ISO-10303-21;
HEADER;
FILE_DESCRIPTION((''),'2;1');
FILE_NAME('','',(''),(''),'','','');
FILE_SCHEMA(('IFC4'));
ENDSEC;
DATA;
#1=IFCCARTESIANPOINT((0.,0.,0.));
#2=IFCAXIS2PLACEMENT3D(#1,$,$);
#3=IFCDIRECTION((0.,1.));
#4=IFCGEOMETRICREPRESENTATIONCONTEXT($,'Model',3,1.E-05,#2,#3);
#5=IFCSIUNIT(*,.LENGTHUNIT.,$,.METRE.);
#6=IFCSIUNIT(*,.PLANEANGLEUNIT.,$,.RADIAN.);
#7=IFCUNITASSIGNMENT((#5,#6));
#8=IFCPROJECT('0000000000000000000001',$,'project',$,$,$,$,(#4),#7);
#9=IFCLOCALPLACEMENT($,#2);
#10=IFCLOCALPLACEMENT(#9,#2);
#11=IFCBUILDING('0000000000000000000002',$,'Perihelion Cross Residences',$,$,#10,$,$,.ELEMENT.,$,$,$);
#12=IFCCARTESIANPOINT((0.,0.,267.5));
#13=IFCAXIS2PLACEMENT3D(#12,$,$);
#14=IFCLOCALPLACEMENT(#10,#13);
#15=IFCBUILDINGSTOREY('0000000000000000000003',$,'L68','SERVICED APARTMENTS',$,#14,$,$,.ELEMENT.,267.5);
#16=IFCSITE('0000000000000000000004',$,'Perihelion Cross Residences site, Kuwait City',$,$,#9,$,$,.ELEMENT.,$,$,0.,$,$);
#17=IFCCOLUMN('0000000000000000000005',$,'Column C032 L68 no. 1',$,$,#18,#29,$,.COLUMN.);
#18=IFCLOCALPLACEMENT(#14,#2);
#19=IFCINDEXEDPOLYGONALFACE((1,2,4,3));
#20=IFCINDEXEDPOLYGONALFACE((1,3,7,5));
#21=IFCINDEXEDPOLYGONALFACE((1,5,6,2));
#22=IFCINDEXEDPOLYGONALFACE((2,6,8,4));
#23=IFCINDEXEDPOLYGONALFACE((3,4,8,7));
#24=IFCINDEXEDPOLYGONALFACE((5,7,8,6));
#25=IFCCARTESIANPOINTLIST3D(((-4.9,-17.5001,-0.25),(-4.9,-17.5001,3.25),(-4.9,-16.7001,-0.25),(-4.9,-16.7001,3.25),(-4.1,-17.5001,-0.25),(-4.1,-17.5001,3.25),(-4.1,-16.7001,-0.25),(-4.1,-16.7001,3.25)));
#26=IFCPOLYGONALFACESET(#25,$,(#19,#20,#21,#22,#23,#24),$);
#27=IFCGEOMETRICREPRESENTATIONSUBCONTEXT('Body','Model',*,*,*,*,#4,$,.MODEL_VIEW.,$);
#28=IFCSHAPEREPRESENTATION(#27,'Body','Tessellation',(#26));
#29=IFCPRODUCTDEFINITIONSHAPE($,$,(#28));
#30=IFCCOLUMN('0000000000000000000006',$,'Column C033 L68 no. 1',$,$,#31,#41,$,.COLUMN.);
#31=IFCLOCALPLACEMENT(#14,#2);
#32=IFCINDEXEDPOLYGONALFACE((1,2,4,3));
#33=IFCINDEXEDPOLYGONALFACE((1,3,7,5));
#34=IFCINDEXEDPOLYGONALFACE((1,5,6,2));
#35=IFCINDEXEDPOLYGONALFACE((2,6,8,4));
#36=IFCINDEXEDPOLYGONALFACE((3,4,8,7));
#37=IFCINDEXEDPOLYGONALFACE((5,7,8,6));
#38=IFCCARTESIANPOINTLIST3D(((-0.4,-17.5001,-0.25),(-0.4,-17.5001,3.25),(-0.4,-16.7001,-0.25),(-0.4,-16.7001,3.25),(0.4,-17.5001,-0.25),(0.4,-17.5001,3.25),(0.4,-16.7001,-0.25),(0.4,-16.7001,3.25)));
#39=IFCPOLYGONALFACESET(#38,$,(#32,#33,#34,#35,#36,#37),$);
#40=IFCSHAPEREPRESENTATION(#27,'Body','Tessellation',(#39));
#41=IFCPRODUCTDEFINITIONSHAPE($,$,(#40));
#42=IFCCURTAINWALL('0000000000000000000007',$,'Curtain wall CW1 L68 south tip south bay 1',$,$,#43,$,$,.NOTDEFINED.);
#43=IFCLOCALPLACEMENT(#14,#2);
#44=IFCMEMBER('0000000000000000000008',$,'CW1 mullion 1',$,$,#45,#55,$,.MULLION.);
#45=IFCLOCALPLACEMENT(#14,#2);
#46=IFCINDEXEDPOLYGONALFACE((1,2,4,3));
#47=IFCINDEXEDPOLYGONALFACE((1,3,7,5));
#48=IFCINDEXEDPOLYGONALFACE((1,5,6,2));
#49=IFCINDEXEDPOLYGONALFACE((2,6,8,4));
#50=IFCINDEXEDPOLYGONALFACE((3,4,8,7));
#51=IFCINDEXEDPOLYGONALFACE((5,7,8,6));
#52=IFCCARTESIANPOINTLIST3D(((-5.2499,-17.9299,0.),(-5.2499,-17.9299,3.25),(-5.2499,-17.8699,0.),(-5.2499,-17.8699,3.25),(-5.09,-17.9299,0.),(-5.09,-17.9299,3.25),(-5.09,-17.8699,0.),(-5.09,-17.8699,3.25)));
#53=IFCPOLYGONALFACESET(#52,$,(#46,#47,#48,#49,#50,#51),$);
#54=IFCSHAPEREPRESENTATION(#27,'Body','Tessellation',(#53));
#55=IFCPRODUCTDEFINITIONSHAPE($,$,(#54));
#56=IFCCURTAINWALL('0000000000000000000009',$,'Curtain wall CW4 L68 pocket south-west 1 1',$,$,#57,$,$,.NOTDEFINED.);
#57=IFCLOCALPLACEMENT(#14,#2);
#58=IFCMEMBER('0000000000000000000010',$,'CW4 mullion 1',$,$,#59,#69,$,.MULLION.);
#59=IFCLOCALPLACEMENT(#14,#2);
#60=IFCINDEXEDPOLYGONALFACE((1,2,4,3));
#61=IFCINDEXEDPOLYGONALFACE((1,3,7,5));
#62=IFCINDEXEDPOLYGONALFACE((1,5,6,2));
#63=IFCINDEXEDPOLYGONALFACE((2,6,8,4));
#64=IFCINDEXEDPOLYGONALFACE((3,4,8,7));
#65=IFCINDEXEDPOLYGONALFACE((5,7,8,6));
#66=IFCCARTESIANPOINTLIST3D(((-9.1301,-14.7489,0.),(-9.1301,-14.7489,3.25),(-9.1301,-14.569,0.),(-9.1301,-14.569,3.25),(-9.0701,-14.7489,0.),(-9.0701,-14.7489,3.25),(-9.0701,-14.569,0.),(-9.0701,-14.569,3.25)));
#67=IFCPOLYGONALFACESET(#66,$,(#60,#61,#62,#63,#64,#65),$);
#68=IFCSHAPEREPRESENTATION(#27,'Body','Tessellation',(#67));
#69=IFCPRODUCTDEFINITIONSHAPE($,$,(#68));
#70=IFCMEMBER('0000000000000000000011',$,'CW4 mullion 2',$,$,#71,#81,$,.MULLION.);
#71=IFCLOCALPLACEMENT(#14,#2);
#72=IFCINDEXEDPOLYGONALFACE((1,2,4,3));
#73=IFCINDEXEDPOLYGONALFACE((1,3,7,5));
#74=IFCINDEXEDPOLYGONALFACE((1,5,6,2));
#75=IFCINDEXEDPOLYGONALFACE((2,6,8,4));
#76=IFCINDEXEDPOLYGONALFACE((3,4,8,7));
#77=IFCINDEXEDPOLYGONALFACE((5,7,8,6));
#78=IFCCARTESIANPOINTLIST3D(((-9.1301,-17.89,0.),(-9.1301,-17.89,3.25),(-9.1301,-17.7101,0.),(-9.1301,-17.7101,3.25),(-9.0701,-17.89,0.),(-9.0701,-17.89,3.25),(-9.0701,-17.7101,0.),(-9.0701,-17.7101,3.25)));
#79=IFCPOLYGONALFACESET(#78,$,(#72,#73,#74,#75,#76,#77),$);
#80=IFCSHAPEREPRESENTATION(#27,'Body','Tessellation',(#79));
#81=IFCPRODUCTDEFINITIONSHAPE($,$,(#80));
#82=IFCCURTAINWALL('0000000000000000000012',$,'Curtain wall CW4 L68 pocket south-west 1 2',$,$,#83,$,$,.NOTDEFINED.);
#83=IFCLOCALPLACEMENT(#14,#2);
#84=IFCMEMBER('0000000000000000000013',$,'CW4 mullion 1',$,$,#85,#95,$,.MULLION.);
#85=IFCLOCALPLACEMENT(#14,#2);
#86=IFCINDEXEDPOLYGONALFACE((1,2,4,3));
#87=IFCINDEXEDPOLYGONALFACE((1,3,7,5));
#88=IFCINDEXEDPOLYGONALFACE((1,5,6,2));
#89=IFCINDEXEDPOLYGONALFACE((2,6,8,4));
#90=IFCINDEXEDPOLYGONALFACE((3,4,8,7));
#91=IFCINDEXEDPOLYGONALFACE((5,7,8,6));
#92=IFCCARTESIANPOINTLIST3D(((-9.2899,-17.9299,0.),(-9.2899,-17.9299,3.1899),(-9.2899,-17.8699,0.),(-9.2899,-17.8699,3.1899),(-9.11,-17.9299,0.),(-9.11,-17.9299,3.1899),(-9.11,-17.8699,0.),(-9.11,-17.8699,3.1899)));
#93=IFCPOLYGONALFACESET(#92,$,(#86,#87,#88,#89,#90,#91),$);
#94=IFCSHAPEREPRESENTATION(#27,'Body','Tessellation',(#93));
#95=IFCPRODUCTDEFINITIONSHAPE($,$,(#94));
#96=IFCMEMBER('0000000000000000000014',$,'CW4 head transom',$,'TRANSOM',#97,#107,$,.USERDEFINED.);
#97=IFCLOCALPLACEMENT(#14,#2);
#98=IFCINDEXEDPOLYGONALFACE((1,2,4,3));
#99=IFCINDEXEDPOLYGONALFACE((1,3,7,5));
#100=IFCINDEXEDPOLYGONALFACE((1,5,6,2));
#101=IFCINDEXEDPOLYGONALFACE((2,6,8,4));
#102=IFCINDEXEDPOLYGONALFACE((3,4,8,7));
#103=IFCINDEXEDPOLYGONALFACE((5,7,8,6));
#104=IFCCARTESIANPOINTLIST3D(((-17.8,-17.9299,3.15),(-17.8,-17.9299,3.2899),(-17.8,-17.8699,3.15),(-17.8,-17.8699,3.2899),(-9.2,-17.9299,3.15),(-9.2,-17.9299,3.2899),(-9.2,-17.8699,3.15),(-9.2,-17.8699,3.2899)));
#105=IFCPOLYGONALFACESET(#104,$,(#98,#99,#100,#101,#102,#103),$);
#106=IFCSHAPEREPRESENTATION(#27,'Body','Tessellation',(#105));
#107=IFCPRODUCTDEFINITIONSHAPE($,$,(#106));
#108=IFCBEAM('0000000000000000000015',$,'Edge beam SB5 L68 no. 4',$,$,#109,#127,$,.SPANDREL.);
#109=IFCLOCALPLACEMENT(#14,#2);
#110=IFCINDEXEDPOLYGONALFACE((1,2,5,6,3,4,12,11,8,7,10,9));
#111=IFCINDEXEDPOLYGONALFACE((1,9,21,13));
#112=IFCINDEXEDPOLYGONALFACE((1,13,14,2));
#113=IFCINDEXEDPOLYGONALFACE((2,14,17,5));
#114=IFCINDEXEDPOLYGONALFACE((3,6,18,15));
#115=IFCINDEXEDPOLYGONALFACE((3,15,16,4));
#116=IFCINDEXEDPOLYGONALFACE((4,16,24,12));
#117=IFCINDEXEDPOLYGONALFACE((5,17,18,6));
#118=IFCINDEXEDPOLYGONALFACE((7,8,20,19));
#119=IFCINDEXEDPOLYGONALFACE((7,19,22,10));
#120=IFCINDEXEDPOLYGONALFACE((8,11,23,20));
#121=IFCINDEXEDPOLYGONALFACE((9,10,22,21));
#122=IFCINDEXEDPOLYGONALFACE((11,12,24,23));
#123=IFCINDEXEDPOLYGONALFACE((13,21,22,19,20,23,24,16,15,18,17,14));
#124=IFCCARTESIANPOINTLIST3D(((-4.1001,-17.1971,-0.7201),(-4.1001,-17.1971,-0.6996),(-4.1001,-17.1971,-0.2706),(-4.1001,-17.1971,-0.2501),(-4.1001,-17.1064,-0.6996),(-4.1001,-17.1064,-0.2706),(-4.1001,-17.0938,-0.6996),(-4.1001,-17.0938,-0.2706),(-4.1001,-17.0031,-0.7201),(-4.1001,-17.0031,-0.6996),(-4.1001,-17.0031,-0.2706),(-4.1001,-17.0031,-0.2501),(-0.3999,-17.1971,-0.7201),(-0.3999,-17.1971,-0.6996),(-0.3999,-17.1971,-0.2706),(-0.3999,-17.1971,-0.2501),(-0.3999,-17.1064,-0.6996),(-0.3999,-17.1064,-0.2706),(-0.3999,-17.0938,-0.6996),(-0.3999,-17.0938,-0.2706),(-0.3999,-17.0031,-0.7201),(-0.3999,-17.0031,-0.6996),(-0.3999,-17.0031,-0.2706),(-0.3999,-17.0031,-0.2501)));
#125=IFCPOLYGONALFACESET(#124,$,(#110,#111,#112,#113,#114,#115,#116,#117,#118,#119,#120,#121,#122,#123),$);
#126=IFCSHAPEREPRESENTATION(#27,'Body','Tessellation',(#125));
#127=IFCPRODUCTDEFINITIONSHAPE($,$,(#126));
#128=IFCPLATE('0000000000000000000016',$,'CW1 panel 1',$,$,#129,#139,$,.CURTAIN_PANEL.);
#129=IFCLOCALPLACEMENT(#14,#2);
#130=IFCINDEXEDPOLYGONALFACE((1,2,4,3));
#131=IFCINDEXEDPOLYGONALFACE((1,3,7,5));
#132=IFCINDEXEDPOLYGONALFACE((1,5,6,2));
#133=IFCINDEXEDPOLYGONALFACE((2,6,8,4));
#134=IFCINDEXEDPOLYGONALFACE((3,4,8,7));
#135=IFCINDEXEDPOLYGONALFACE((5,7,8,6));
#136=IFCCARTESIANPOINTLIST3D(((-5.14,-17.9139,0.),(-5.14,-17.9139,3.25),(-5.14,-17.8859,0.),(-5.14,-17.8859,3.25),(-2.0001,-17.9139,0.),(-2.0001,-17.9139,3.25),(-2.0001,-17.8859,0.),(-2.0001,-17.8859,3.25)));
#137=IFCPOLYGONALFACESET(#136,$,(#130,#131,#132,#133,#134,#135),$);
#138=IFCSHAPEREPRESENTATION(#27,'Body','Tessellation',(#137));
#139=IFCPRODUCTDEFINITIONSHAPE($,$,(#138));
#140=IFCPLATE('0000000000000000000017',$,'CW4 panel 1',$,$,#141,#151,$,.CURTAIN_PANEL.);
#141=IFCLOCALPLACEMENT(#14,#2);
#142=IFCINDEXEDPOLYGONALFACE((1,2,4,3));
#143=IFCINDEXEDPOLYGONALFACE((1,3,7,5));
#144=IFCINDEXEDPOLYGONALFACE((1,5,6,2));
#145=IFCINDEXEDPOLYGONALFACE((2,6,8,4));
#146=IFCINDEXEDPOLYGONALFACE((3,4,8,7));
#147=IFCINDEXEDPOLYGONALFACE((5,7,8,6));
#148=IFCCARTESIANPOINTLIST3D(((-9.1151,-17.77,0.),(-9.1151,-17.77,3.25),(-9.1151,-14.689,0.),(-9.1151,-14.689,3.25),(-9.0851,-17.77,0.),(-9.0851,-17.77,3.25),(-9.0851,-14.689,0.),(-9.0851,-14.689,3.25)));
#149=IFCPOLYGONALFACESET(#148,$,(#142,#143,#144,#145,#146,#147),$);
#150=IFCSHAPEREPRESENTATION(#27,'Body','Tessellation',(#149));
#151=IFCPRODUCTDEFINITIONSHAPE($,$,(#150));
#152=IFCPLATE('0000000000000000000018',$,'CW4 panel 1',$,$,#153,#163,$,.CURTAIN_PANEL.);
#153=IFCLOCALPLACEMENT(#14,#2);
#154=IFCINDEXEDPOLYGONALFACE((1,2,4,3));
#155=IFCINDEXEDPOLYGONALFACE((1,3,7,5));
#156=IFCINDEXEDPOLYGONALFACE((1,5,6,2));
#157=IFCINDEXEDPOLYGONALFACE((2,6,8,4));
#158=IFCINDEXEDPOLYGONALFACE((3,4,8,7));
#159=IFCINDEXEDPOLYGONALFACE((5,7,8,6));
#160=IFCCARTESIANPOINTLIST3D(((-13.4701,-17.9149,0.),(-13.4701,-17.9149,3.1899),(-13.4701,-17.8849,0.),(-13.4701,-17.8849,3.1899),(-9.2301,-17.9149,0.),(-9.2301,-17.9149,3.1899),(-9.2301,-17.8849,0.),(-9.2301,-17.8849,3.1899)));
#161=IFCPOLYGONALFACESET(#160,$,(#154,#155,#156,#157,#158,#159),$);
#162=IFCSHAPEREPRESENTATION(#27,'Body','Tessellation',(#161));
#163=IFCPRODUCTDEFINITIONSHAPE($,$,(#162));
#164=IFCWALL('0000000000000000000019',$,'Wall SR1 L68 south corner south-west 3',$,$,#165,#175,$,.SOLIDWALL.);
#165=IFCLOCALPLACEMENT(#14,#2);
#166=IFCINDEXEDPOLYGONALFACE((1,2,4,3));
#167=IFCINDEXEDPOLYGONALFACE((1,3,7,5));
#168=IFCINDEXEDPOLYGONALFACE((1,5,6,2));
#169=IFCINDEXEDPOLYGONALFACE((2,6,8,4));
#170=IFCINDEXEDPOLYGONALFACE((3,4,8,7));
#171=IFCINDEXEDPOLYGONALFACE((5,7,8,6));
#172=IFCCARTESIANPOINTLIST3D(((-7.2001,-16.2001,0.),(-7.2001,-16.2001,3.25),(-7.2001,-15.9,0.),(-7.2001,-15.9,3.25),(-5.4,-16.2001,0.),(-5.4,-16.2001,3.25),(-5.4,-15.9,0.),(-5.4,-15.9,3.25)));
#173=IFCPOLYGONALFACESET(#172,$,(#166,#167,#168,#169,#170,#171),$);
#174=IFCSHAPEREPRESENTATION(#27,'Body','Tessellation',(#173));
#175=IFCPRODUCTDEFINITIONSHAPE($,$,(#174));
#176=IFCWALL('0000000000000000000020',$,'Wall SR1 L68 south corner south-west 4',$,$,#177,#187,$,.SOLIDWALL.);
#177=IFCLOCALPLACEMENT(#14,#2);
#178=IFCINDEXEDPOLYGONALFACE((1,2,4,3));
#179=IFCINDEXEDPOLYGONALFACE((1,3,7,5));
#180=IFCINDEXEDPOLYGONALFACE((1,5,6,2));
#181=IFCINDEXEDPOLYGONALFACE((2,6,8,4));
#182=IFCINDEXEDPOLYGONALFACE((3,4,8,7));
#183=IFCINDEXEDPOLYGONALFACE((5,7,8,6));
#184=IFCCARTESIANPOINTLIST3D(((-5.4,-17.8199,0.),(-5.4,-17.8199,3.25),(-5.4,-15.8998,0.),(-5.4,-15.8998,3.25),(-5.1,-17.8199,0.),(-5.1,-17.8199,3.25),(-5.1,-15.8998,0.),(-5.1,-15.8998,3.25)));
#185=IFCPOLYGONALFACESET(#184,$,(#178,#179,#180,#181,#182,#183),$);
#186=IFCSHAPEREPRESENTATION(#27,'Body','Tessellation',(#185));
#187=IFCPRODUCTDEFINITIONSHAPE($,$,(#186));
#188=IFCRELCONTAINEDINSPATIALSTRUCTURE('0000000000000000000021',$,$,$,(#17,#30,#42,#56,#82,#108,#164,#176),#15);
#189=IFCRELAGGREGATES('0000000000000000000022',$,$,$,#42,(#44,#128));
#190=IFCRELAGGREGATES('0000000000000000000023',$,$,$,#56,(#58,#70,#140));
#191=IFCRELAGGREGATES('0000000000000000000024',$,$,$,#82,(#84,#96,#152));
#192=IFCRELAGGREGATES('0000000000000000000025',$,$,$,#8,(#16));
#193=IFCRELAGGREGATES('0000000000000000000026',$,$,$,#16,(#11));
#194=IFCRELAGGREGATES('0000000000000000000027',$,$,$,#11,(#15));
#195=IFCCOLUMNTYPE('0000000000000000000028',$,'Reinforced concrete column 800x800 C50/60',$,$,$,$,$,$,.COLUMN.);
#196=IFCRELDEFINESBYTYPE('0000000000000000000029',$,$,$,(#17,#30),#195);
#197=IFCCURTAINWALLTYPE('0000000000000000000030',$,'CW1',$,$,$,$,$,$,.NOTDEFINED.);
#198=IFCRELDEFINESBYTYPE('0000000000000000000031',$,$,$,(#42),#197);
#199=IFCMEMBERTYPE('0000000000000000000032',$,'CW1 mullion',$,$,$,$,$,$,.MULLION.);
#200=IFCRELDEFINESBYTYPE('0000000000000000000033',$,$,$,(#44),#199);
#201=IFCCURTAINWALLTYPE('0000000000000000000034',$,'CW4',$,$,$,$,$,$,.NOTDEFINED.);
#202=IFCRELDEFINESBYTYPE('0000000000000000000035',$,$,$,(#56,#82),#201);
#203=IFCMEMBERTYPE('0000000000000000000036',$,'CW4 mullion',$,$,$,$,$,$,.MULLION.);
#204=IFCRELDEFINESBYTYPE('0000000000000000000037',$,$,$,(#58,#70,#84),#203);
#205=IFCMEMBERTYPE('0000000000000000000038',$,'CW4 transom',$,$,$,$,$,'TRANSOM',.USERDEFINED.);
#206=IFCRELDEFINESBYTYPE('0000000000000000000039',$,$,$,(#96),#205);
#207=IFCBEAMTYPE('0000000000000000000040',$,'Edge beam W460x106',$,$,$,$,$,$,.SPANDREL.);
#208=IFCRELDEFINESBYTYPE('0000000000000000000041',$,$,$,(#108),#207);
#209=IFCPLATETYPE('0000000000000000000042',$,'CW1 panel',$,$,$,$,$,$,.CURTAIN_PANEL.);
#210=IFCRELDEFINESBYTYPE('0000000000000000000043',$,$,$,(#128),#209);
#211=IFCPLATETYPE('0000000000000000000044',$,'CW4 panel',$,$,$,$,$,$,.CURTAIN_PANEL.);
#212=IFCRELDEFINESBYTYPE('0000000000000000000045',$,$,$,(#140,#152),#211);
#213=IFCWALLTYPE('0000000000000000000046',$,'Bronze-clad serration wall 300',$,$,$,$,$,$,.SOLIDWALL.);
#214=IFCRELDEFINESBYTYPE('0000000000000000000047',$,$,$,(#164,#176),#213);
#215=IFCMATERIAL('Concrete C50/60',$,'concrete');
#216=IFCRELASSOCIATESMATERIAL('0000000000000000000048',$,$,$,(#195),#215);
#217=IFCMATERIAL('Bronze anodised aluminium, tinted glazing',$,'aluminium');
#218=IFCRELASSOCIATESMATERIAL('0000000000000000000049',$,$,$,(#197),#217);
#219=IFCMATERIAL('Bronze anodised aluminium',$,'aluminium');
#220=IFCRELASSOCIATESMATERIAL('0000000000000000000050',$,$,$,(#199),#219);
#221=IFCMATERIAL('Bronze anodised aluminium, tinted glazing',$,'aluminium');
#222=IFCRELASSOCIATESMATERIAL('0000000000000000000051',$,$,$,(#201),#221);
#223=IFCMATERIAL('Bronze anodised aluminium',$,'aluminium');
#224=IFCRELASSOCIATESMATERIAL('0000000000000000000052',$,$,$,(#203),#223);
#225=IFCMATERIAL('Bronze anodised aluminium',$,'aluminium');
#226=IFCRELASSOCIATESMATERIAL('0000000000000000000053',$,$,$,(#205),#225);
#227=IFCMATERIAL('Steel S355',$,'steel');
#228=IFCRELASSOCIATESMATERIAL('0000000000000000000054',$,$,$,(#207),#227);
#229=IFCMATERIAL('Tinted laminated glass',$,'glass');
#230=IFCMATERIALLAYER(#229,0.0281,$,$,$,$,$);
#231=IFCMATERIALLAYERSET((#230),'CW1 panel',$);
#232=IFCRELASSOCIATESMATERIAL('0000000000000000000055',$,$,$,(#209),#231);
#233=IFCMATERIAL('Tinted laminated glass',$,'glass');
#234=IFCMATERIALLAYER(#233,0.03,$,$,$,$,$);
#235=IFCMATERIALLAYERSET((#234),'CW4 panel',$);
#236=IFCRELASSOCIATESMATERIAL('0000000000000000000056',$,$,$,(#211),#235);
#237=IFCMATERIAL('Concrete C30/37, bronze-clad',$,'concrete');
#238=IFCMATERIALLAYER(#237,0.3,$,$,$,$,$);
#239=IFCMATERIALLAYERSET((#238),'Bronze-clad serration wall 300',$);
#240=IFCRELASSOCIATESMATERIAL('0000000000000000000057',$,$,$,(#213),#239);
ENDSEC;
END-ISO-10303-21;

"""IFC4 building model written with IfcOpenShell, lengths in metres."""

from ifc_helpers import new_model, si_unit, direction, frame, frame_2d, origin, origin_2d, place, context, subcontext, project, spatial, rectangle, i_section, extrude, material, layer, layer_set, material_profile, profile_set, type_object, element, aggregate, save


model = new_model("IFC4")

# Units and contexts
model_context = context("Model", 3, precision=1e-05, world=origin(), true_north=direction((0.0, 1.0)))
body_context = subcontext(model_context, "Body", "Model", "MODEL_VIEW")
ifc_project = project(units=[si_unit("LENGTHUNIT", "METRE"), si_unit("PLANEANGLEUNIT", "RADIAN")], contexts=[model_context])

# Site, building, storey
site_placement = place(None, origin())
site = spatial("IfcSite", under=ifc_project, at=site_placement, Name="Perihelion Cross Residences site, Kuwait City", CompositionType="ELEMENT", RefElevation=0.0)
building_placement = place(site_placement, origin())
building = spatial("IfcBuilding", under=site, at=building_placement, Name="Perihelion Cross Residences", CompositionType="ELEMENT")
storey_placement = place(building_placement, frame((0.0, 0.0, 267.5)))
storey = spatial("IfcBuildingStorey", under=building, at=storey_placement, Name="L68", Description="SERVICED APARTMENTS", CompositionType="ELEMENT", Elevation=267.5)

# Columns
ifc_material_1 = material(Name="Concrete C50/60", Category="concrete")
ifc_material_profile_1 = material_profile(ifc_material_1, rectangle(XDim=0.8, YDim=0.8, at=origin_2d()), Name="RC 800x800")
ifc_profile_set_1 = profile_set([ifc_material_profile_1], Name="Concrete C50/60")
column_type = type_object("IfcColumnType", Name="Reinforced concrete column 800x800 C50/60", PredefinedType="COLUMN", material=ifc_profile_set_1)
for number, where, z_axis, x_axis, name in (
    (1, (-4.5, -17.1001, -0.25), (0.0, 0.0, 1.0), (1.0, 0.0, 0.0), "Column C032 L68 no. 1"),
    (2, (0.0, -17.1001, -0.25), (0.0, 0.0, 1.0), (1.0, 0.0, 0.0), "Column C033 L68 no. 1"),
):
    element("IfcColumn", number, at=place(storey_placement, frame(where, z_axis=z_axis, x_axis=x_axis)), inside=storey, type_object=column_type, Name=name, PredefinedType="COLUMN", context=body_context, shape_type="SweptSolid", body=[
        extrude(rectangle(XDim=0.8, YDim=0.8, at=origin_2d()), origin(), (0.0, 0.0, 1.0), 3.5),
    ])

# Curtain wall, member
ifc_material_2 = material(Name="Bronze anodised aluminium, tinted glazing", Category="aluminium")
curtain_wall_type_1 = type_object("IfcCurtainWallType", Name="CW1", PredefinedType="NOTDEFINED", material=ifc_material_2)
curtain_wall_1_placement = place(storey_placement, origin())
curtain_wall_1 = element("IfcCurtainWall", 3, at=curtain_wall_1_placement, inside=storey, type_object=curtain_wall_type_1, Name="Curtain wall CW1 L68 south tip south bay 1", PredefinedType="NOTDEFINED")
ifc_material_3 = material(Name="Bronze anodised aluminium", Category="aluminium")
ifc_material_profile_2 = material_profile(ifc_material_3, rectangle(XDim=0.0601, YDim=0.1599, at=origin_2d()), Name="CW1 mullion")
ifc_profile_set_2 = profile_set([ifc_material_profile_2], Name="Bronze anodised aluminium")
member_type_1 = type_object("IfcMemberType", Name="CW1 mullion", PredefinedType="MULLION", material=ifc_profile_set_2)
member_1_placement = place(storey_placement, frame((-5.1699, -17.8999, 0.0), z_axis=(0.0, 0.0, 1.0), x_axis=(0.0, 1.0, 0.0)))
member_1 = element("IfcMember", 4, at=member_1_placement, type_object=member_type_1, Name="CW1 mullion 1", PredefinedType="MULLION", context=body_context, shape_type="SweptSolid", body=[
    extrude(rectangle(XDim=0.0601, YDim=0.1599, at=origin_2d()), origin(), (0.0, 0.0, 1.0), 3.25),
])

# Curtain walls, members
ifc_material_4 = material(Name="Bronze anodised aluminium, tinted glazing", Category="aluminium")
curtain_wall_type_2 = type_object("IfcCurtainWallType", Name="CW4", PredefinedType="NOTDEFINED", material=ifc_material_4)
curtain_wall_2_placement = place(storey_placement, origin())
curtain_wall_2 = element("IfcCurtainWall", 5, at=curtain_wall_2_placement, inside=storey, type_object=curtain_wall_type_2, Name="Curtain wall CW4 L68 pocket south-west 1 1", PredefinedType="NOTDEFINED")
ifc_material_5 = material(Name="Bronze anodised aluminium", Category="aluminium")
ifc_material_profile_3 = material_profile(ifc_material_5, rectangle(XDim=0.0601, YDim=0.1799, at=origin_2d()), Name="CW4 mullion")
ifc_profile_set_3 = profile_set([ifc_material_profile_3], Name="Bronze anodised aluminium")
member_type_2 = type_object("IfcMemberType", Name="CW4 mullion", PredefinedType="MULLION", material=ifc_profile_set_3)
member_2_placement = place(storey_placement, frame((-9.1001, -14.6589, 0.0), z_axis=(0.0, 0.0, 1.0), x_axis=(1.0, 0.0, 0.0)))
member_2 = element("IfcMember", 6, at=member_2_placement, type_object=member_type_2, Name="CW4 mullion 1", PredefinedType="MULLION", context=body_context, shape_type="SweptSolid", body=[
    extrude(rectangle(XDim=0.0601, YDim=0.1799, at=origin_2d()), origin(), (0.0, 0.0, 1.0), 3.25),
])
member_3_placement = place(storey_placement, frame((-9.1001, -17.8, 0.0), z_axis=(0.0, 0.0, 1.0), x_axis=(1.0, 0.0, 0.0)))
member_3 = element("IfcMember", 7, at=member_3_placement, type_object=member_type_2, Name="CW4 mullion 2", PredefinedType="MULLION", context=body_context, shape_type="SweptSolid", body=[
    extrude(rectangle(XDim=0.0601, YDim=0.1799, at=origin_2d()), origin(), (0.0, 0.0, 1.0), 3.25),
])
curtain_wall_3_placement = place(storey_placement, origin())
curtain_wall_3 = element("IfcCurtainWall", 8, at=curtain_wall_3_placement, inside=storey, type_object=curtain_wall_type_2, Name="Curtain wall CW4 L68 pocket south-west 1 2", PredefinedType="NOTDEFINED")
member_4_placement = place(storey_placement, frame((-9.2, -17.8999, 0.0), z_axis=(0.0, 0.0, 1.0), x_axis=(0.0, -1.0, 0.0)))
member_4 = element("IfcMember", 9, at=member_4_placement, type_object=member_type_2, Name="CW4 mullion 1", PredefinedType="MULLION", context=body_context, shape_type="SweptSolid", body=[
    extrude(rectangle(XDim=0.0601, YDim=0.1799, at=origin_2d()), origin(), (0.0, 0.0, 1.0), 3.1899),
])
ifc_material_6 = material(Name="Bronze anodised aluminium", Category="aluminium")
ifc_material_profile_4 = material_profile(ifc_material_6, rectangle(XDim=0.0601, YDim=0.1399, at=origin_2d()), Name="CW4 transom")
ifc_profile_set_4 = profile_set([ifc_material_profile_4], Name="Bronze anodised aluminium")
member_type_3 = type_object("IfcMemberType", Name="CW4 transom", ElementType="TRANSOM", PredefinedType="USERDEFINED", material=ifc_profile_set_4)
member_5_placement = place(storey_placement, frame((-9.2, -17.8999, 3.22), z_axis=(-1.0, 0.0, 0.0), x_axis=(0.0, -1.0, 0.0)))
member_5 = element("IfcMember", 10, at=member_5_placement, type_object=member_type_3, Name="CW4 head transom", ObjectType="TRANSOM", PredefinedType="USERDEFINED", context=body_context, shape_type="SweptSolid", body=[
    extrude(rectangle(XDim=0.0601, YDim=0.1399, at=origin_2d()), origin(), (0.0, 0.0, 1.0), 8.6001),
])

# Beam
ifc_material_7 = material(Name="Steel S355", Category="steel")
ifc_material_profile_5 = material_profile(ifc_material_7, i_section(OverallWidth=0.1941, OverallDepth=0.47, WebThickness=0.0127, FlangeThickness=0.0205, at=origin_2d()), Name="W460x106")
ifc_profile_set_5 = profile_set([ifc_material_profile_5], Name="Steel S355")
beam_type = type_object("IfcBeamType", Name="Edge beam W460x106", PredefinedType="SPANDREL", material=ifc_profile_set_5)
beam_placement = place(storey_placement, frame((-4.1001, -17.1001, -0.4851), z_axis=(1.0, 0.0, 0.0), x_axis=(0.0, 1.0, 0.0)))
element("IfcBeam", 11, at=beam_placement, inside=storey, type_object=beam_type, Name="Edge beam SB5 L68 no. 4", PredefinedType="SPANDREL", context=body_context, shape_type="SweptSolid", body=[
    extrude(i_section(OverallWidth=0.1941, OverallDepth=0.47, WebThickness=0.0127, FlangeThickness=0.0205, at=origin_2d()), origin(), (0.0, 0.0, 1.0), 3.7002),
])

# Plates
ifc_material_8 = material(Name="Tinted laminated glass", Category="glass")
ifc_layer_1 = layer(ifc_material_8, 0.0281)
ifc_layer_set_1 = layer_set([ifc_layer_1], Name="CW1 panel")
plate_type_1 = type_object("IfcPlateType", Name="CW1 panel", PredefinedType="CURTAIN_PANEL", material=ifc_layer_set_1)
plate_1_placement = place(storey_placement, frame((-3.5701, -17.8999, 0.0), z_axis=(0.0, 0.0, 1.0), x_axis=(1.0, 0.0, 0.0)))
plate_1 = element("IfcPlate", 12, at=plate_1_placement, type_object=plate_type_1, Name="CW1 panel 1", PredefinedType="CURTAIN_PANEL", context=body_context, shape_type="SweptSolid", body=[
    extrude(rectangle(XDim=3.1399, YDim=0.0281, at=origin_2d()), origin(), (0.0, 0.0, 1.0), 3.25),
])
aggregate(curtain_wall_1, [member_1, plate_1])
ifc_material_9 = material(Name="Tinted laminated glass", Category="glass")
ifc_layer_2 = layer(ifc_material_9, 0.03)
ifc_layer_set_2 = layer_set([ifc_layer_2], Name="CW4 panel")
plate_type_2 = type_object("IfcPlateType", Name="CW4 panel", PredefinedType="CURTAIN_PANEL", material=ifc_layer_set_2)
plate_2_placement = place(storey_placement, frame((-9.1001, -16.2295, 0.0), z_axis=(0.0, 0.0, 1.0), x_axis=(0.0, -1.0, 0.0)))
plate_2 = element("IfcPlate", 13, at=plate_2_placement, type_object=plate_type_2, Name="CW4 panel 1", PredefinedType="CURTAIN_PANEL", context=body_context, shape_type="SweptSolid", body=[
    extrude(rectangle(XDim=3.0811, YDim=0.03, at=origin_2d()), origin(), (0.0, 0.0, 1.0), 3.25),
])
aggregate(curtain_wall_2, [member_2, member_3, plate_2])
plate_3_placement = place(storey_placement, frame((-11.3501, -17.8999, 0.0), z_axis=(0.0, 0.0, 1.0), x_axis=(-1.0, 0.0, 0.0)))
plate_3 = element("IfcPlate", 14, at=plate_3_placement, type_object=plate_type_2, Name="CW4 panel 1", PredefinedType="CURTAIN_PANEL", context=body_context, shape_type="SweptSolid", body=[
    extrude(rectangle(XDim=4.24, YDim=0.03, at=origin_2d()), origin(), (0.0, 0.0, 1.0), 3.1899),
])
aggregate(curtain_wall_3, [member_4, member_5, plate_3])

# Walls
ifc_material_10 = material(Name="Concrete C30/37, bronze-clad", Category="concrete")
ifc_layer_3 = layer(ifc_material_10, 0.3)
ifc_layer_set_3 = layer_set([ifc_layer_3], Name="Bronze-clad serration wall 300")
wall_type_1 = type_object("IfcWallType", Name="Bronze-clad serration wall 300", PredefinedType="SOLIDWALL", material=ifc_layer_set_3)
wall_1_placement = place(storey_placement, frame((-7.2, -16.05, 0.0), z_axis=(0.0, 0.0, 1.0), x_axis=(1.0, 0.0, 0.0)))
element("IfcWall", 15, at=wall_1_placement, inside=storey, type_object=wall_type_1, Name="Wall SR1 L68 south corner south-west 3", PredefinedType="SOLIDWALL", context=body_context, shape_type="SweptSolid", body=[
    extrude(rectangle(XDim=1.8, YDim=0.3, at=frame_2d((0.8999, 0.0))), origin(), (0.0, 0.0, 1.0), 3.25),
])
wall_2_placement = place(storey_placement, frame((-5.25, -15.8999, 0.0), z_axis=(0.0, 0.0, 1.0), x_axis=(0.0, -1.0, 0.0)))
element("IfcWall", 16, at=wall_2_placement, inside=storey, type_object=wall_type_1, Name="Wall SR1 L68 south corner south-west 4", PredefinedType="SOLIDWALL", context=body_context, shape_type="SweptSolid", body=[
    extrude(rectangle(XDim=1.9202, YDim=0.3, at=frame_2d((0.96, 0.0))), origin(), (0.0, 0.0, 1.0), 3.25),
])

save(model, "model.ifc")
